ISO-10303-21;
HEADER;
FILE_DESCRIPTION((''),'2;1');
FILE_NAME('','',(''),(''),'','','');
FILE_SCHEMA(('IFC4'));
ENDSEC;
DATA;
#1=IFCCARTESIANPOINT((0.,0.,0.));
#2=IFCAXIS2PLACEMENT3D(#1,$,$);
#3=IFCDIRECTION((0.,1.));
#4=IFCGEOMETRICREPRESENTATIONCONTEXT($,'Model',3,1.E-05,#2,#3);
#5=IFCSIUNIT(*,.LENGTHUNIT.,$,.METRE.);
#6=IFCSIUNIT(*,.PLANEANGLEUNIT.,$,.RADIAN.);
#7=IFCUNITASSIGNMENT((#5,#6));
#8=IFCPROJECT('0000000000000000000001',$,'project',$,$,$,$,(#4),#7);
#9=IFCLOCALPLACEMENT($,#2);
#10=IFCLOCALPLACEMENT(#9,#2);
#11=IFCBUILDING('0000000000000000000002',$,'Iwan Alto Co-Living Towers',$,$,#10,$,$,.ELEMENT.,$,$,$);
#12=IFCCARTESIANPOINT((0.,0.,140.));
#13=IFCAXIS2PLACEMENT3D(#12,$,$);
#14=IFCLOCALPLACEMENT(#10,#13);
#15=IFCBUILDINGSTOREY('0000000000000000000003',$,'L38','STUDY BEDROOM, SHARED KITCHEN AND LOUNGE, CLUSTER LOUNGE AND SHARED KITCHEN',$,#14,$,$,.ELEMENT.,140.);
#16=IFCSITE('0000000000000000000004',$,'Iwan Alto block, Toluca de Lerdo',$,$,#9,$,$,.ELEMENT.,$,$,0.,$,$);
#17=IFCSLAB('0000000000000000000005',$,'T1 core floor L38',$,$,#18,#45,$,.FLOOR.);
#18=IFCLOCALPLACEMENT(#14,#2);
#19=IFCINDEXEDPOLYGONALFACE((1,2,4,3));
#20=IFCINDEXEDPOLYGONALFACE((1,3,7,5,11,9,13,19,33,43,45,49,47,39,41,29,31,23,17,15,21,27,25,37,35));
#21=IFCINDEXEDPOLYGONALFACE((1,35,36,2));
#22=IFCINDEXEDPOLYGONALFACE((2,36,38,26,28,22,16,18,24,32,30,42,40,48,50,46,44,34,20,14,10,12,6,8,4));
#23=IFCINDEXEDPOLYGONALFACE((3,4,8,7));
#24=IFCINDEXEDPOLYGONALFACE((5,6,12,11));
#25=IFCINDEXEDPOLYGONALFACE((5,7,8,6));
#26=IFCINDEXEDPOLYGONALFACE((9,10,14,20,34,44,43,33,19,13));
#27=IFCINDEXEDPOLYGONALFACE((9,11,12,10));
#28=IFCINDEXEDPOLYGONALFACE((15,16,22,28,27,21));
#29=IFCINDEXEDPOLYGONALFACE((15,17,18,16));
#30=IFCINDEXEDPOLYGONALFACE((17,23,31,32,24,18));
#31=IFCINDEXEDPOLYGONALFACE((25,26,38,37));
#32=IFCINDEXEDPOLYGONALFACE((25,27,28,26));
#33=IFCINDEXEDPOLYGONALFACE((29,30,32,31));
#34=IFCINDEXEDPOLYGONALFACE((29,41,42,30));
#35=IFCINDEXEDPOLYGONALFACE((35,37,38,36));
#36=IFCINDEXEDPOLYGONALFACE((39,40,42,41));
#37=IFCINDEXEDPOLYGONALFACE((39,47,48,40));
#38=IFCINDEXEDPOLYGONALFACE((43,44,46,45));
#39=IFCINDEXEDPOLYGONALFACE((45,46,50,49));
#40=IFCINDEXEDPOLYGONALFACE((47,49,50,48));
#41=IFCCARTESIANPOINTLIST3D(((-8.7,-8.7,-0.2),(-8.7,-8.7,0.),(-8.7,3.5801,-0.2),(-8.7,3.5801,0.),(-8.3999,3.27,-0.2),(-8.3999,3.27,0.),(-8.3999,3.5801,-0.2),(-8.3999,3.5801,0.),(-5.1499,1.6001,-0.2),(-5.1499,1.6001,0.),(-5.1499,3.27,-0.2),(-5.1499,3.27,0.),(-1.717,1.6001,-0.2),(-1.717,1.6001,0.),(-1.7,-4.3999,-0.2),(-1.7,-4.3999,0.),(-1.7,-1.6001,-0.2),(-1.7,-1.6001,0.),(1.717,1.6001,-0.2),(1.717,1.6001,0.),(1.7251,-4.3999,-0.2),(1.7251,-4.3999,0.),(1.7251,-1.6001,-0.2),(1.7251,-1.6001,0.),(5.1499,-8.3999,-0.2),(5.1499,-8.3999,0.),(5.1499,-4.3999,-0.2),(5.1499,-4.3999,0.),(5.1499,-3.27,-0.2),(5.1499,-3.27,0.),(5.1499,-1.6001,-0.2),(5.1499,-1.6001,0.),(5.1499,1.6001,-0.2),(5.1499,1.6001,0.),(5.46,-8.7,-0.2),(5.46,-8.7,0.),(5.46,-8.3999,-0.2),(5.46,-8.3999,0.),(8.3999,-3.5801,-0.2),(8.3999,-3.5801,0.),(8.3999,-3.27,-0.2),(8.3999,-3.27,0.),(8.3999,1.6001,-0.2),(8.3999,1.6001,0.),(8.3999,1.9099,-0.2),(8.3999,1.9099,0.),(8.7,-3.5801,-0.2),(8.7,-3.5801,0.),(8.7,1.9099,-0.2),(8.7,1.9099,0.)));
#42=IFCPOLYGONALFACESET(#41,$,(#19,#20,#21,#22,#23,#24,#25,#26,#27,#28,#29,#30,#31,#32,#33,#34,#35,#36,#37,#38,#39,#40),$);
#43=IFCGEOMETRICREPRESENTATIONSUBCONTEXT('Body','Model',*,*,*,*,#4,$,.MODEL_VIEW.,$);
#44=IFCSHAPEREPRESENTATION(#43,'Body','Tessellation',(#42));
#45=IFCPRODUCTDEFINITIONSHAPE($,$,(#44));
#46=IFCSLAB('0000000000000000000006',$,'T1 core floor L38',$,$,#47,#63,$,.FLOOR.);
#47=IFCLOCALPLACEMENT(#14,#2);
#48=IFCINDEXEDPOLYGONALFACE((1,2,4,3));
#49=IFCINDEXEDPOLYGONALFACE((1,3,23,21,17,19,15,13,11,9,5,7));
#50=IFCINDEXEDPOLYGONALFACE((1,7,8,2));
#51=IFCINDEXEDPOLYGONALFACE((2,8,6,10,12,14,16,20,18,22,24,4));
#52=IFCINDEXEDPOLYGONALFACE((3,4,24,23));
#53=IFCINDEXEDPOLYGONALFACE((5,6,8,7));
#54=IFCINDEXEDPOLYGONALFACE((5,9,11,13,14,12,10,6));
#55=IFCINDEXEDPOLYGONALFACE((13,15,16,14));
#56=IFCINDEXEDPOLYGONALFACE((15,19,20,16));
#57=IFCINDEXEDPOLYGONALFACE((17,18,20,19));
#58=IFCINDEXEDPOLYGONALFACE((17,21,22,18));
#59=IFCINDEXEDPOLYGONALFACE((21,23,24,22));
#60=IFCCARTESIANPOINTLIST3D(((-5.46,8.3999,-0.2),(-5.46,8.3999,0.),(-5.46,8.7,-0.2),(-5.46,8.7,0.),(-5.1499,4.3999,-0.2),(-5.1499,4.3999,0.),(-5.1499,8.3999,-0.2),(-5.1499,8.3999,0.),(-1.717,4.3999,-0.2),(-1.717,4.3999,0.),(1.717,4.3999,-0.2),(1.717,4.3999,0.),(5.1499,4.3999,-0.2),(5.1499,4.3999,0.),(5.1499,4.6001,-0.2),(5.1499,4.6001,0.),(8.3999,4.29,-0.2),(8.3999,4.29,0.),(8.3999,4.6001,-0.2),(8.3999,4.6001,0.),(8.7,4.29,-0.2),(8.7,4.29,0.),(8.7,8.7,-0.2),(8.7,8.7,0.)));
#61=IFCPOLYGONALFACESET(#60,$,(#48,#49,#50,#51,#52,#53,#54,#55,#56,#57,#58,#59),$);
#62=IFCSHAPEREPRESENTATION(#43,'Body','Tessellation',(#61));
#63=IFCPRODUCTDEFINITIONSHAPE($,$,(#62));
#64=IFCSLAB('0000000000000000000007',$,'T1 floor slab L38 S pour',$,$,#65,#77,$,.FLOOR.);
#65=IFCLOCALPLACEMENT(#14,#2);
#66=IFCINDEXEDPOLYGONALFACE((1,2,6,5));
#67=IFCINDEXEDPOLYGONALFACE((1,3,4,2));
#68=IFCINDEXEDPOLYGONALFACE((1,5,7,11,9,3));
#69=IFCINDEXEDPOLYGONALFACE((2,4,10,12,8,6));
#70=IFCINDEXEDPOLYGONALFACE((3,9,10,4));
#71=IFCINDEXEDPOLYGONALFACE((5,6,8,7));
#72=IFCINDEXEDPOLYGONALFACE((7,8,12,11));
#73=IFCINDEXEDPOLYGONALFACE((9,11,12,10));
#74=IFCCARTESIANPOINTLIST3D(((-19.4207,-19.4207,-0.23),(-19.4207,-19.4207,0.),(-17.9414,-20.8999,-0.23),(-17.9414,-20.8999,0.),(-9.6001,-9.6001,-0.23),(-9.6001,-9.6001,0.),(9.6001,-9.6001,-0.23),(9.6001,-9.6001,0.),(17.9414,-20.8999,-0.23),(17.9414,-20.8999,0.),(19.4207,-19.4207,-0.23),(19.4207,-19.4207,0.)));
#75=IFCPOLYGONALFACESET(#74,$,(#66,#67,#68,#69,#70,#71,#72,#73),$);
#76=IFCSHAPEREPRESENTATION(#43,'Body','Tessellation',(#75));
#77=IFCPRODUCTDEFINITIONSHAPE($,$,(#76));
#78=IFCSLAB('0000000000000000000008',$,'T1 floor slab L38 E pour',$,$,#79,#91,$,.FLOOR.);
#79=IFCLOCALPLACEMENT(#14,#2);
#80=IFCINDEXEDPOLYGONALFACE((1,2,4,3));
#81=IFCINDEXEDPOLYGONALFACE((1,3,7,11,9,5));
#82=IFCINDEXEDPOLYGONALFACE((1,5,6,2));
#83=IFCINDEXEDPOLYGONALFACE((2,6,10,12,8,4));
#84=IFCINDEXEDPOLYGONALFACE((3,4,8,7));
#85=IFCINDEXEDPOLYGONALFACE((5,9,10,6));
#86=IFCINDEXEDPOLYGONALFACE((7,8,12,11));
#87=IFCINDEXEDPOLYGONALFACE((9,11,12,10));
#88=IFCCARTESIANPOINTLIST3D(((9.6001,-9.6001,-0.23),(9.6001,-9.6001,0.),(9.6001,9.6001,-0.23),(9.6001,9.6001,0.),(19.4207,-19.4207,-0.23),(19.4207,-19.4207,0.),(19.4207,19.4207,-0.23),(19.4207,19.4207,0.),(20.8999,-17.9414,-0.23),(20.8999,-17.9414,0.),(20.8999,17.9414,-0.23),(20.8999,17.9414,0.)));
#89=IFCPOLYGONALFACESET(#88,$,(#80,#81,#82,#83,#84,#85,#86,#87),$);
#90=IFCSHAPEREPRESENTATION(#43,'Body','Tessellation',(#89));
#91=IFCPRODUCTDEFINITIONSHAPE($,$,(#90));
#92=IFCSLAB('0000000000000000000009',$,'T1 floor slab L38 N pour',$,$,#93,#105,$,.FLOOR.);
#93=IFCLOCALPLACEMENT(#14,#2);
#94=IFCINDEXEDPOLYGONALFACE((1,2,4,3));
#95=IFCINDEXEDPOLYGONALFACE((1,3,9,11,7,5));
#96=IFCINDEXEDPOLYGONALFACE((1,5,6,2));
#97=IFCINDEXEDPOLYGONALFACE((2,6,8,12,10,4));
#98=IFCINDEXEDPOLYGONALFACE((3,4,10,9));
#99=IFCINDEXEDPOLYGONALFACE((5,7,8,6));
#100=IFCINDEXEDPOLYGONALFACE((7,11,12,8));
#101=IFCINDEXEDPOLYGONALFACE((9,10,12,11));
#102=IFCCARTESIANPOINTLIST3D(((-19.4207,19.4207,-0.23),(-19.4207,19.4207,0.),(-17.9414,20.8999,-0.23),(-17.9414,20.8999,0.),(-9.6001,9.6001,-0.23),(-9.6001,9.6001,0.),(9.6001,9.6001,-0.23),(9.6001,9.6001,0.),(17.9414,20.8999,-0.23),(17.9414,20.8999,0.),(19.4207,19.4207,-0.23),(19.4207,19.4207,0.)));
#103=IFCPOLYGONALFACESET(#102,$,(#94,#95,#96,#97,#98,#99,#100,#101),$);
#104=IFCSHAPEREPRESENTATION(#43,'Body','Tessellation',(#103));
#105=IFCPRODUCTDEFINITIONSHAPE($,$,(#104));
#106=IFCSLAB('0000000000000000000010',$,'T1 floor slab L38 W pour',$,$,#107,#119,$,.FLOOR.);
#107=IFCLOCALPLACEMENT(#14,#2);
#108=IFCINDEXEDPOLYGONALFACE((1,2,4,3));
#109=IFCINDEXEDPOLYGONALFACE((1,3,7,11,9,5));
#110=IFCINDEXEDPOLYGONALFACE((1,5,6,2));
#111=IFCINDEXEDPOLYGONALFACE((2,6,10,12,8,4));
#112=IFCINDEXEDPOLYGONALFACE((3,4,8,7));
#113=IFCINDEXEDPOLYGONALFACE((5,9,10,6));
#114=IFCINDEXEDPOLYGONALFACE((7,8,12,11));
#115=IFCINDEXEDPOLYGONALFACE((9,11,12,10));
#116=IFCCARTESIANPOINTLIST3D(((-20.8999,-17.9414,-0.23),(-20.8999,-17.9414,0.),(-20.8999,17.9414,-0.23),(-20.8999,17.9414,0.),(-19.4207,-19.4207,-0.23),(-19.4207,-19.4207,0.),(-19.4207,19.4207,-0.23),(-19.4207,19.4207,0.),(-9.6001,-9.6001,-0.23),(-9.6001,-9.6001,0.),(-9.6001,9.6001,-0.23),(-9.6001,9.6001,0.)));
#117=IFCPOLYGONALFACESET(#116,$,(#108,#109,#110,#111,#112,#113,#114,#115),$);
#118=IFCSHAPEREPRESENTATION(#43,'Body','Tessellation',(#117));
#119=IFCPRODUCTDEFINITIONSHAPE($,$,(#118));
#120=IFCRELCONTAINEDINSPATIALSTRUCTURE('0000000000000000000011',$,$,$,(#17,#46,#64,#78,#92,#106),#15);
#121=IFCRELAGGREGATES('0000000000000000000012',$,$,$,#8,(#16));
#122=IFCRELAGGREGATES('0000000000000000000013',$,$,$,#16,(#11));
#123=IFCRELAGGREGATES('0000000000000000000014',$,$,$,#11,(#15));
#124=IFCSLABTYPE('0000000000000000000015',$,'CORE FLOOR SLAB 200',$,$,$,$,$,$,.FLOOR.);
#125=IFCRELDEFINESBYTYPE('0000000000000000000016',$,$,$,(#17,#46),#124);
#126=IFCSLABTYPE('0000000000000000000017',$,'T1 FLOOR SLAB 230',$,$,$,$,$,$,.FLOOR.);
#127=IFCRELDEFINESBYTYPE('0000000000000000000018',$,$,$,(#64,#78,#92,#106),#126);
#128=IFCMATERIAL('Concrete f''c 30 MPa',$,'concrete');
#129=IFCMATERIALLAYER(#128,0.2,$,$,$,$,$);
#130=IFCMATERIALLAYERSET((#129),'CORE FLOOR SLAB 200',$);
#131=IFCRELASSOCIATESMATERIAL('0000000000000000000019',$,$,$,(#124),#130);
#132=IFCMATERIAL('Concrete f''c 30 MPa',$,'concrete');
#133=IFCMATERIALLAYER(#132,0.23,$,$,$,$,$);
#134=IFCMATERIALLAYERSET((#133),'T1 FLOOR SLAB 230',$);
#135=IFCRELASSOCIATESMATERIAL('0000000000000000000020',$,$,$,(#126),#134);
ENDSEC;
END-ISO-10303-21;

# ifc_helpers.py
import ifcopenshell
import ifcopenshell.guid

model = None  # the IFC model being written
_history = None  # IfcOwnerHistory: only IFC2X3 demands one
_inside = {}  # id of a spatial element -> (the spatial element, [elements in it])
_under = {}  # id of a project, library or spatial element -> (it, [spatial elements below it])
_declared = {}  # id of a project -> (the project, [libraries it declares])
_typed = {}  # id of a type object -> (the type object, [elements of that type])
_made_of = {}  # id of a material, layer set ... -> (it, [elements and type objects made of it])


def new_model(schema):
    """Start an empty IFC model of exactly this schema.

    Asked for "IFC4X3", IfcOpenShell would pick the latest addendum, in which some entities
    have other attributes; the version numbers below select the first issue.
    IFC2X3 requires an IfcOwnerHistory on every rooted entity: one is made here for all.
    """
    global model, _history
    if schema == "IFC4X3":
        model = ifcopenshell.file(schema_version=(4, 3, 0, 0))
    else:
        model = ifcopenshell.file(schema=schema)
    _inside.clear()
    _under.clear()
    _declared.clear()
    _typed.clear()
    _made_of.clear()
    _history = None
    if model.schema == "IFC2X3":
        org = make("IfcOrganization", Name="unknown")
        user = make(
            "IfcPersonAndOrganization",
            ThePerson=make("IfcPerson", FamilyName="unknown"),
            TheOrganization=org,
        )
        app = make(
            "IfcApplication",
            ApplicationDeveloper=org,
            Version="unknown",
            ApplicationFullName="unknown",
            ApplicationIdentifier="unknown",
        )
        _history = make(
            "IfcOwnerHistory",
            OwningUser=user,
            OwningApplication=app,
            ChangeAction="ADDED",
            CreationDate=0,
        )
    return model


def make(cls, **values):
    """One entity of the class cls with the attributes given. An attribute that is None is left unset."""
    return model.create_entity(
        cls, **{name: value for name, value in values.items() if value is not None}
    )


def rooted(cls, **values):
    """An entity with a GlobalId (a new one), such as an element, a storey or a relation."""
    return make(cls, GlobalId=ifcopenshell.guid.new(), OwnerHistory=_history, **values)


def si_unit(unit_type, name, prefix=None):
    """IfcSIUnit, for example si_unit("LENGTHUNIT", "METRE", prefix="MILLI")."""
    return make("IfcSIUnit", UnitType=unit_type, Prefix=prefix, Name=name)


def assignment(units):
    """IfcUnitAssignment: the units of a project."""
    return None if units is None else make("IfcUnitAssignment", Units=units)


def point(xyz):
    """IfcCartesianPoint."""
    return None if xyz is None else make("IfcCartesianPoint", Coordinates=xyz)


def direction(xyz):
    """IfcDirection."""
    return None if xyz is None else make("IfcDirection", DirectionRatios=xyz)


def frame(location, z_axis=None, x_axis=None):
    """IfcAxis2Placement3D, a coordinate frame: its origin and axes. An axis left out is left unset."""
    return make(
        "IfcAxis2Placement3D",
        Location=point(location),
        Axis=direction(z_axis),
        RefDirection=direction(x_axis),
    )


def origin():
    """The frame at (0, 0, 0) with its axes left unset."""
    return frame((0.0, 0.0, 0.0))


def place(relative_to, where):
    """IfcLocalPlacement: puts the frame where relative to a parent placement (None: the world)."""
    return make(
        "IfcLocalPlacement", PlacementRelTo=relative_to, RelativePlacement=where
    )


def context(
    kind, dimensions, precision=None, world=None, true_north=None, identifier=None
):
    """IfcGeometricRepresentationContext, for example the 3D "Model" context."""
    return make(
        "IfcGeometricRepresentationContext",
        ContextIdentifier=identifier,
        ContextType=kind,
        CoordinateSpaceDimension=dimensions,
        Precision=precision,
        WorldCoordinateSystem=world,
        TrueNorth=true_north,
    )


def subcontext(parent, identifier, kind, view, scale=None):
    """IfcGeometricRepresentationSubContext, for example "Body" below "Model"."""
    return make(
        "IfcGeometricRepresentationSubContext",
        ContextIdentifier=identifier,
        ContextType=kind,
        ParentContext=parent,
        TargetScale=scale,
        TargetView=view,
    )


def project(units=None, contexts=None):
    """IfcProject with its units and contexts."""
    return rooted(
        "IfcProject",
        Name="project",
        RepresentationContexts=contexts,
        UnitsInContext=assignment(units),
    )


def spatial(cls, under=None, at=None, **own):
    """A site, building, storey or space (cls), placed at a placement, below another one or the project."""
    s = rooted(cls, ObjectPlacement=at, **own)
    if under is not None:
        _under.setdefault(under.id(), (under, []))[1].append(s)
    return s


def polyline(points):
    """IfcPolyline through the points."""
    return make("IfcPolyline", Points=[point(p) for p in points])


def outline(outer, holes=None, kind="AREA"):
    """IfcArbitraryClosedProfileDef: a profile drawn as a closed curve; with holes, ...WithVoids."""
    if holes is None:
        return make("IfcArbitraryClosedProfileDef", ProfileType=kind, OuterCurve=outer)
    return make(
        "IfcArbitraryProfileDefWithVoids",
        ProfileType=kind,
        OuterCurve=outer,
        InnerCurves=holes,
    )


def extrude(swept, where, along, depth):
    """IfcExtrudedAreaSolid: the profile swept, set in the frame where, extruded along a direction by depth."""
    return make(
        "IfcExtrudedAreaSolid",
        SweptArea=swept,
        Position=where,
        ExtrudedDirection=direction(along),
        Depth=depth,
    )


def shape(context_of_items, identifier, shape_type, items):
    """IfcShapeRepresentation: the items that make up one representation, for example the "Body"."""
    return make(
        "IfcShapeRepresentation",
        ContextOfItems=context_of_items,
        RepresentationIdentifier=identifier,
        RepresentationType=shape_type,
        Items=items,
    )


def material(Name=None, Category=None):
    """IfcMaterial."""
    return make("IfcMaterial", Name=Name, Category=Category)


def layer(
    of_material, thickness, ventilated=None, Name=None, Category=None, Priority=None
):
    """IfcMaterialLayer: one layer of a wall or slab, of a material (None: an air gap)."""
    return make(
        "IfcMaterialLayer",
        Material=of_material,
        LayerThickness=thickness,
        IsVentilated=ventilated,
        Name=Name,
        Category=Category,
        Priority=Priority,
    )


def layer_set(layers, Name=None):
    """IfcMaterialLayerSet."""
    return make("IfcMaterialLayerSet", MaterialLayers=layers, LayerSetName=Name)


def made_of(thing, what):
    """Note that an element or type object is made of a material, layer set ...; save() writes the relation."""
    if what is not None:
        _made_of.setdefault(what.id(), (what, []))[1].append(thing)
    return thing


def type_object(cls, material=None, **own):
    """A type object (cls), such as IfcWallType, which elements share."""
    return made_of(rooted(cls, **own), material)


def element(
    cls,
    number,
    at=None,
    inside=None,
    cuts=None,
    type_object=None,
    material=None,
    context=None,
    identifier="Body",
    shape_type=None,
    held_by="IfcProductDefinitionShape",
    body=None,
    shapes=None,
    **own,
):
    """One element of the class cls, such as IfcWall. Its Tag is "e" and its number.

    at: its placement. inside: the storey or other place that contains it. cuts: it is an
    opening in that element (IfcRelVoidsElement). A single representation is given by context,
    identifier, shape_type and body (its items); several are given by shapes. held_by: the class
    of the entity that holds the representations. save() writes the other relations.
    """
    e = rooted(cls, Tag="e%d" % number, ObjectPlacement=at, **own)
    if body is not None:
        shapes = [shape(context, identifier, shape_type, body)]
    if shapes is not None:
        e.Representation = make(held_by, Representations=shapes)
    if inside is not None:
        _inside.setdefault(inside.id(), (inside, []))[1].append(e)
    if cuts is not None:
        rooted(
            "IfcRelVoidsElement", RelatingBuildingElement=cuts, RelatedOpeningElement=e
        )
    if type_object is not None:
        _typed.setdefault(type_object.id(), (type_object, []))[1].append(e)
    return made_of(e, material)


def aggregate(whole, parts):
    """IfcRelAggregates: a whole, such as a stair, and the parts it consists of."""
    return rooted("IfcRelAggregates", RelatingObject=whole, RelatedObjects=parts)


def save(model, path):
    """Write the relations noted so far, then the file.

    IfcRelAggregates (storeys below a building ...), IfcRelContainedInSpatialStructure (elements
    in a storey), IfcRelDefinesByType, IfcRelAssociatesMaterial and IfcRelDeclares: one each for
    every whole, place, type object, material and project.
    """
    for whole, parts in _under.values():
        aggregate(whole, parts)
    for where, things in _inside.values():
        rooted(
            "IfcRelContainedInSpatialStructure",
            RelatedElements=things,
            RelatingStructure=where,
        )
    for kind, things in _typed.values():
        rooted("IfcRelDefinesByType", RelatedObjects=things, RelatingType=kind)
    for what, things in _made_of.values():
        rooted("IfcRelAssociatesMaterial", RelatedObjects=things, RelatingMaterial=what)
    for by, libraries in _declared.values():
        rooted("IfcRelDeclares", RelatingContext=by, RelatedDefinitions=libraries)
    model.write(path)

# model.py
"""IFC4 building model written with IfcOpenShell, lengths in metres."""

from ifc_helpers import new_model, si_unit, direction, frame, origin, place, context, subcontext, project, spatial, polyline, outline, extrude, material, layer, layer_set, type_object, element, save


model = new_model("IFC4")

# Units and contexts
model_context = context("Model", 3, precision=1e-05, world=origin(), true_north=direction((0.0, 1.0)))
body_context = subcontext(model_context, "Body", "Model", "MODEL_VIEW")
ifc_project = project(units=[si_unit("LENGTHUNIT", "METRE"), si_unit("PLANEANGLEUNIT", "RADIAN")], contexts=[model_context])

# Site, building, storey
site_placement = place(None, origin())
site = spatial("IfcSite", under=ifc_project, at=site_placement, Name="Iwan Alto block, Toluca de Lerdo", CompositionType="ELEMENT", RefElevation=0.0)
building_placement = place(site_placement, origin())
building = spatial("IfcBuilding", under=site, at=building_placement, Name="Iwan Alto Co-Living Towers", CompositionType="ELEMENT")
storey_placement = place(building_placement, frame((0.0, 0.0, 140.0)))
storey = spatial("IfcBuildingStorey", under=building, at=storey_placement, Name="L38", Description="STUDY BEDROOM, SHARED KITCHEN AND LOUNGE, CLUSTER LOUNGE AND SHARED KITCHEN", CompositionType="ELEMENT", Elevation=140.0)

# Slabs
ifc_material_1 = material(Name="Concrete f'c 30 MPa", Category="concrete")
ifc_layer_1 = layer(ifc_material_1, 0.2)
ifc_layer_set_1 = layer_set([ifc_layer_1], Name="CORE FLOOR SLAB 200")
slab_type_1 = type_object("IfcSlabType", Name="CORE FLOOR SLAB 200", PredefinedType="FLOOR", material=ifc_layer_set_1)
slab_1_placement = place(storey_placement, frame((0.0, 0.0, -0.2)))
element("IfcSlab", 1, at=slab_1_placement, inside=storey, type_object=slab_type_1, Name="T1 core floor L38", PredefinedType="FLOOR", context=body_context, shape_type="SweptSolid", body=[
    extrude(outline(polyline([(5.1499, -1.6001), (1.7251, -1.6001), (-1.7, -1.6001), (-1.7, -4.3999), (1.7251, -4.3999), (5.1499, -4.3999), (5.1499, -8.3999), (5.46, -8.3999), (5.46, -8.7), (-8.7, -8.7), (-8.7, 3.5801), (-8.3999, 3.5801), (-8.3999, 3.27), (-5.1499, 3.27), (-5.1499, 1.6001), (-1.717, 1.6001), (1.717, 1.6001), (5.1499, 1.6001), (8.3999, 1.6001), (8.3999, 1.9099), (8.7, 1.9099), (8.7, -3.5801), (8.3999, -3.5801), (8.3999, -3.27), (5.1499, -3.27), (5.1499, -1.6001)])), origin(), (0.0, 0.0, 1.0), 0.2),
])
slab_2_placement = place(storey_placement, frame((0.0, 0.0, -0.2)))
element("IfcSlab", 2, at=slab_2_placement, inside=storey, type_object=slab_type_1, Name="T1 core floor L38", PredefinedType="FLOOR", context=body_context, shape_type="SweptSolid", body=[
    extrude(outline(polyline([(1.717, 4.3999), (-1.717, 4.3999), (-5.1499, 4.3999), (-5.1499, 8.3999), (-5.46, 8.3999), (-5.46, 8.7), (8.7, 8.7), (8.7, 4.29), (8.3999, 4.29), (8.3999, 4.6001), (5.1499, 4.6001), (5.1499, 4.3999), (1.717, 4.3999)])), origin(), (0.0, 0.0, 1.0), 0.2),
])
ifc_material_2 = material(Name="Concrete f'c 30 MPa", Category="concrete")
ifc_layer_2 = layer(ifc_material_2, 0.23)
ifc_layer_set_2 = layer_set([ifc_layer_2], Name="T1 FLOOR SLAB 230")
slab_type_2 = type_object("IfcSlabType", Name="T1 FLOOR SLAB 230", PredefinedType="FLOOR", material=ifc_layer_set_2)
slab_3_placement = place(storey_placement, frame((0.0, 0.0, -0.23)))
element("IfcSlab", 3, at=slab_3_placement, inside=storey, type_object=slab_type_2, Name="T1 floor slab L38 S pour", PredefinedType="FLOOR", context=body_context, shape_type="SweptSolid", body=[
    extrude(outline(polyline([(17.9414, -20.8999), (-17.9414, -20.8999), (-19.4207, -19.4207), (-9.6001, -9.6001), (9.6001, -9.6001), (19.4207, -19.4207), (17.9414, -20.8999)])), origin(), (0.0, 0.0, 1.0), 0.23),
])
slab_4_placement = place(storey_placement, frame((0.0, 0.0, -0.23)))
element("IfcSlab", 4, at=slab_4_placement, inside=storey, type_object=slab_type_2, Name="T1 floor slab L38 E pour", PredefinedType="FLOOR", context=body_context, shape_type="SweptSolid", body=[
    extrude(outline(polyline([(20.8999, 17.9414), (20.8999, -17.9414), (19.4207, -19.4207), (9.6001, -9.6001), (9.6001, 9.6001), (19.4207, 19.4207), (20.8999, 17.9414)])), origin(), (0.0, 0.0, 1.0), 0.23),
])
slab_5_placement = place(storey_placement, frame((0.0, 0.0, -0.23)))
element("IfcSlab", 5, at=slab_5_placement, inside=storey, type_object=slab_type_2, Name="T1 floor slab L38 N pour", PredefinedType="FLOOR", context=body_context, shape_type="SweptSolid", body=[
    extrude(outline(polyline([(-17.9414, 20.8999), (17.9414, 20.8999), (19.4207, 19.4207), (9.6001, 9.6001), (-9.6001, 9.6001), (-19.4207, 19.4207), (-17.9414, 20.8999)])), origin(), (0.0, 0.0, 1.0), 0.23),
])
slab_6_placement = place(storey_placement, frame((0.0, 0.0, -0.23)))
element("IfcSlab", 6, at=slab_6_placement, inside=storey, type_object=slab_type_2, Name="T1 floor slab L38 W pour", PredefinedType="FLOOR", context=body_context, shape_type="SweptSolid", body=[
    extrude(outline(polyline([(-20.8999, 17.9414), (-19.4207, 19.4207), (-9.6001, 9.6001), (-9.6001, -9.6001), (-19.4207, -19.4207), (-20.8999, -17.9414), (-20.8999, 17.9414)])), origin(), (0.0, 0.0, 1.0), 0.23),
])

save(model, "model.ifc")
